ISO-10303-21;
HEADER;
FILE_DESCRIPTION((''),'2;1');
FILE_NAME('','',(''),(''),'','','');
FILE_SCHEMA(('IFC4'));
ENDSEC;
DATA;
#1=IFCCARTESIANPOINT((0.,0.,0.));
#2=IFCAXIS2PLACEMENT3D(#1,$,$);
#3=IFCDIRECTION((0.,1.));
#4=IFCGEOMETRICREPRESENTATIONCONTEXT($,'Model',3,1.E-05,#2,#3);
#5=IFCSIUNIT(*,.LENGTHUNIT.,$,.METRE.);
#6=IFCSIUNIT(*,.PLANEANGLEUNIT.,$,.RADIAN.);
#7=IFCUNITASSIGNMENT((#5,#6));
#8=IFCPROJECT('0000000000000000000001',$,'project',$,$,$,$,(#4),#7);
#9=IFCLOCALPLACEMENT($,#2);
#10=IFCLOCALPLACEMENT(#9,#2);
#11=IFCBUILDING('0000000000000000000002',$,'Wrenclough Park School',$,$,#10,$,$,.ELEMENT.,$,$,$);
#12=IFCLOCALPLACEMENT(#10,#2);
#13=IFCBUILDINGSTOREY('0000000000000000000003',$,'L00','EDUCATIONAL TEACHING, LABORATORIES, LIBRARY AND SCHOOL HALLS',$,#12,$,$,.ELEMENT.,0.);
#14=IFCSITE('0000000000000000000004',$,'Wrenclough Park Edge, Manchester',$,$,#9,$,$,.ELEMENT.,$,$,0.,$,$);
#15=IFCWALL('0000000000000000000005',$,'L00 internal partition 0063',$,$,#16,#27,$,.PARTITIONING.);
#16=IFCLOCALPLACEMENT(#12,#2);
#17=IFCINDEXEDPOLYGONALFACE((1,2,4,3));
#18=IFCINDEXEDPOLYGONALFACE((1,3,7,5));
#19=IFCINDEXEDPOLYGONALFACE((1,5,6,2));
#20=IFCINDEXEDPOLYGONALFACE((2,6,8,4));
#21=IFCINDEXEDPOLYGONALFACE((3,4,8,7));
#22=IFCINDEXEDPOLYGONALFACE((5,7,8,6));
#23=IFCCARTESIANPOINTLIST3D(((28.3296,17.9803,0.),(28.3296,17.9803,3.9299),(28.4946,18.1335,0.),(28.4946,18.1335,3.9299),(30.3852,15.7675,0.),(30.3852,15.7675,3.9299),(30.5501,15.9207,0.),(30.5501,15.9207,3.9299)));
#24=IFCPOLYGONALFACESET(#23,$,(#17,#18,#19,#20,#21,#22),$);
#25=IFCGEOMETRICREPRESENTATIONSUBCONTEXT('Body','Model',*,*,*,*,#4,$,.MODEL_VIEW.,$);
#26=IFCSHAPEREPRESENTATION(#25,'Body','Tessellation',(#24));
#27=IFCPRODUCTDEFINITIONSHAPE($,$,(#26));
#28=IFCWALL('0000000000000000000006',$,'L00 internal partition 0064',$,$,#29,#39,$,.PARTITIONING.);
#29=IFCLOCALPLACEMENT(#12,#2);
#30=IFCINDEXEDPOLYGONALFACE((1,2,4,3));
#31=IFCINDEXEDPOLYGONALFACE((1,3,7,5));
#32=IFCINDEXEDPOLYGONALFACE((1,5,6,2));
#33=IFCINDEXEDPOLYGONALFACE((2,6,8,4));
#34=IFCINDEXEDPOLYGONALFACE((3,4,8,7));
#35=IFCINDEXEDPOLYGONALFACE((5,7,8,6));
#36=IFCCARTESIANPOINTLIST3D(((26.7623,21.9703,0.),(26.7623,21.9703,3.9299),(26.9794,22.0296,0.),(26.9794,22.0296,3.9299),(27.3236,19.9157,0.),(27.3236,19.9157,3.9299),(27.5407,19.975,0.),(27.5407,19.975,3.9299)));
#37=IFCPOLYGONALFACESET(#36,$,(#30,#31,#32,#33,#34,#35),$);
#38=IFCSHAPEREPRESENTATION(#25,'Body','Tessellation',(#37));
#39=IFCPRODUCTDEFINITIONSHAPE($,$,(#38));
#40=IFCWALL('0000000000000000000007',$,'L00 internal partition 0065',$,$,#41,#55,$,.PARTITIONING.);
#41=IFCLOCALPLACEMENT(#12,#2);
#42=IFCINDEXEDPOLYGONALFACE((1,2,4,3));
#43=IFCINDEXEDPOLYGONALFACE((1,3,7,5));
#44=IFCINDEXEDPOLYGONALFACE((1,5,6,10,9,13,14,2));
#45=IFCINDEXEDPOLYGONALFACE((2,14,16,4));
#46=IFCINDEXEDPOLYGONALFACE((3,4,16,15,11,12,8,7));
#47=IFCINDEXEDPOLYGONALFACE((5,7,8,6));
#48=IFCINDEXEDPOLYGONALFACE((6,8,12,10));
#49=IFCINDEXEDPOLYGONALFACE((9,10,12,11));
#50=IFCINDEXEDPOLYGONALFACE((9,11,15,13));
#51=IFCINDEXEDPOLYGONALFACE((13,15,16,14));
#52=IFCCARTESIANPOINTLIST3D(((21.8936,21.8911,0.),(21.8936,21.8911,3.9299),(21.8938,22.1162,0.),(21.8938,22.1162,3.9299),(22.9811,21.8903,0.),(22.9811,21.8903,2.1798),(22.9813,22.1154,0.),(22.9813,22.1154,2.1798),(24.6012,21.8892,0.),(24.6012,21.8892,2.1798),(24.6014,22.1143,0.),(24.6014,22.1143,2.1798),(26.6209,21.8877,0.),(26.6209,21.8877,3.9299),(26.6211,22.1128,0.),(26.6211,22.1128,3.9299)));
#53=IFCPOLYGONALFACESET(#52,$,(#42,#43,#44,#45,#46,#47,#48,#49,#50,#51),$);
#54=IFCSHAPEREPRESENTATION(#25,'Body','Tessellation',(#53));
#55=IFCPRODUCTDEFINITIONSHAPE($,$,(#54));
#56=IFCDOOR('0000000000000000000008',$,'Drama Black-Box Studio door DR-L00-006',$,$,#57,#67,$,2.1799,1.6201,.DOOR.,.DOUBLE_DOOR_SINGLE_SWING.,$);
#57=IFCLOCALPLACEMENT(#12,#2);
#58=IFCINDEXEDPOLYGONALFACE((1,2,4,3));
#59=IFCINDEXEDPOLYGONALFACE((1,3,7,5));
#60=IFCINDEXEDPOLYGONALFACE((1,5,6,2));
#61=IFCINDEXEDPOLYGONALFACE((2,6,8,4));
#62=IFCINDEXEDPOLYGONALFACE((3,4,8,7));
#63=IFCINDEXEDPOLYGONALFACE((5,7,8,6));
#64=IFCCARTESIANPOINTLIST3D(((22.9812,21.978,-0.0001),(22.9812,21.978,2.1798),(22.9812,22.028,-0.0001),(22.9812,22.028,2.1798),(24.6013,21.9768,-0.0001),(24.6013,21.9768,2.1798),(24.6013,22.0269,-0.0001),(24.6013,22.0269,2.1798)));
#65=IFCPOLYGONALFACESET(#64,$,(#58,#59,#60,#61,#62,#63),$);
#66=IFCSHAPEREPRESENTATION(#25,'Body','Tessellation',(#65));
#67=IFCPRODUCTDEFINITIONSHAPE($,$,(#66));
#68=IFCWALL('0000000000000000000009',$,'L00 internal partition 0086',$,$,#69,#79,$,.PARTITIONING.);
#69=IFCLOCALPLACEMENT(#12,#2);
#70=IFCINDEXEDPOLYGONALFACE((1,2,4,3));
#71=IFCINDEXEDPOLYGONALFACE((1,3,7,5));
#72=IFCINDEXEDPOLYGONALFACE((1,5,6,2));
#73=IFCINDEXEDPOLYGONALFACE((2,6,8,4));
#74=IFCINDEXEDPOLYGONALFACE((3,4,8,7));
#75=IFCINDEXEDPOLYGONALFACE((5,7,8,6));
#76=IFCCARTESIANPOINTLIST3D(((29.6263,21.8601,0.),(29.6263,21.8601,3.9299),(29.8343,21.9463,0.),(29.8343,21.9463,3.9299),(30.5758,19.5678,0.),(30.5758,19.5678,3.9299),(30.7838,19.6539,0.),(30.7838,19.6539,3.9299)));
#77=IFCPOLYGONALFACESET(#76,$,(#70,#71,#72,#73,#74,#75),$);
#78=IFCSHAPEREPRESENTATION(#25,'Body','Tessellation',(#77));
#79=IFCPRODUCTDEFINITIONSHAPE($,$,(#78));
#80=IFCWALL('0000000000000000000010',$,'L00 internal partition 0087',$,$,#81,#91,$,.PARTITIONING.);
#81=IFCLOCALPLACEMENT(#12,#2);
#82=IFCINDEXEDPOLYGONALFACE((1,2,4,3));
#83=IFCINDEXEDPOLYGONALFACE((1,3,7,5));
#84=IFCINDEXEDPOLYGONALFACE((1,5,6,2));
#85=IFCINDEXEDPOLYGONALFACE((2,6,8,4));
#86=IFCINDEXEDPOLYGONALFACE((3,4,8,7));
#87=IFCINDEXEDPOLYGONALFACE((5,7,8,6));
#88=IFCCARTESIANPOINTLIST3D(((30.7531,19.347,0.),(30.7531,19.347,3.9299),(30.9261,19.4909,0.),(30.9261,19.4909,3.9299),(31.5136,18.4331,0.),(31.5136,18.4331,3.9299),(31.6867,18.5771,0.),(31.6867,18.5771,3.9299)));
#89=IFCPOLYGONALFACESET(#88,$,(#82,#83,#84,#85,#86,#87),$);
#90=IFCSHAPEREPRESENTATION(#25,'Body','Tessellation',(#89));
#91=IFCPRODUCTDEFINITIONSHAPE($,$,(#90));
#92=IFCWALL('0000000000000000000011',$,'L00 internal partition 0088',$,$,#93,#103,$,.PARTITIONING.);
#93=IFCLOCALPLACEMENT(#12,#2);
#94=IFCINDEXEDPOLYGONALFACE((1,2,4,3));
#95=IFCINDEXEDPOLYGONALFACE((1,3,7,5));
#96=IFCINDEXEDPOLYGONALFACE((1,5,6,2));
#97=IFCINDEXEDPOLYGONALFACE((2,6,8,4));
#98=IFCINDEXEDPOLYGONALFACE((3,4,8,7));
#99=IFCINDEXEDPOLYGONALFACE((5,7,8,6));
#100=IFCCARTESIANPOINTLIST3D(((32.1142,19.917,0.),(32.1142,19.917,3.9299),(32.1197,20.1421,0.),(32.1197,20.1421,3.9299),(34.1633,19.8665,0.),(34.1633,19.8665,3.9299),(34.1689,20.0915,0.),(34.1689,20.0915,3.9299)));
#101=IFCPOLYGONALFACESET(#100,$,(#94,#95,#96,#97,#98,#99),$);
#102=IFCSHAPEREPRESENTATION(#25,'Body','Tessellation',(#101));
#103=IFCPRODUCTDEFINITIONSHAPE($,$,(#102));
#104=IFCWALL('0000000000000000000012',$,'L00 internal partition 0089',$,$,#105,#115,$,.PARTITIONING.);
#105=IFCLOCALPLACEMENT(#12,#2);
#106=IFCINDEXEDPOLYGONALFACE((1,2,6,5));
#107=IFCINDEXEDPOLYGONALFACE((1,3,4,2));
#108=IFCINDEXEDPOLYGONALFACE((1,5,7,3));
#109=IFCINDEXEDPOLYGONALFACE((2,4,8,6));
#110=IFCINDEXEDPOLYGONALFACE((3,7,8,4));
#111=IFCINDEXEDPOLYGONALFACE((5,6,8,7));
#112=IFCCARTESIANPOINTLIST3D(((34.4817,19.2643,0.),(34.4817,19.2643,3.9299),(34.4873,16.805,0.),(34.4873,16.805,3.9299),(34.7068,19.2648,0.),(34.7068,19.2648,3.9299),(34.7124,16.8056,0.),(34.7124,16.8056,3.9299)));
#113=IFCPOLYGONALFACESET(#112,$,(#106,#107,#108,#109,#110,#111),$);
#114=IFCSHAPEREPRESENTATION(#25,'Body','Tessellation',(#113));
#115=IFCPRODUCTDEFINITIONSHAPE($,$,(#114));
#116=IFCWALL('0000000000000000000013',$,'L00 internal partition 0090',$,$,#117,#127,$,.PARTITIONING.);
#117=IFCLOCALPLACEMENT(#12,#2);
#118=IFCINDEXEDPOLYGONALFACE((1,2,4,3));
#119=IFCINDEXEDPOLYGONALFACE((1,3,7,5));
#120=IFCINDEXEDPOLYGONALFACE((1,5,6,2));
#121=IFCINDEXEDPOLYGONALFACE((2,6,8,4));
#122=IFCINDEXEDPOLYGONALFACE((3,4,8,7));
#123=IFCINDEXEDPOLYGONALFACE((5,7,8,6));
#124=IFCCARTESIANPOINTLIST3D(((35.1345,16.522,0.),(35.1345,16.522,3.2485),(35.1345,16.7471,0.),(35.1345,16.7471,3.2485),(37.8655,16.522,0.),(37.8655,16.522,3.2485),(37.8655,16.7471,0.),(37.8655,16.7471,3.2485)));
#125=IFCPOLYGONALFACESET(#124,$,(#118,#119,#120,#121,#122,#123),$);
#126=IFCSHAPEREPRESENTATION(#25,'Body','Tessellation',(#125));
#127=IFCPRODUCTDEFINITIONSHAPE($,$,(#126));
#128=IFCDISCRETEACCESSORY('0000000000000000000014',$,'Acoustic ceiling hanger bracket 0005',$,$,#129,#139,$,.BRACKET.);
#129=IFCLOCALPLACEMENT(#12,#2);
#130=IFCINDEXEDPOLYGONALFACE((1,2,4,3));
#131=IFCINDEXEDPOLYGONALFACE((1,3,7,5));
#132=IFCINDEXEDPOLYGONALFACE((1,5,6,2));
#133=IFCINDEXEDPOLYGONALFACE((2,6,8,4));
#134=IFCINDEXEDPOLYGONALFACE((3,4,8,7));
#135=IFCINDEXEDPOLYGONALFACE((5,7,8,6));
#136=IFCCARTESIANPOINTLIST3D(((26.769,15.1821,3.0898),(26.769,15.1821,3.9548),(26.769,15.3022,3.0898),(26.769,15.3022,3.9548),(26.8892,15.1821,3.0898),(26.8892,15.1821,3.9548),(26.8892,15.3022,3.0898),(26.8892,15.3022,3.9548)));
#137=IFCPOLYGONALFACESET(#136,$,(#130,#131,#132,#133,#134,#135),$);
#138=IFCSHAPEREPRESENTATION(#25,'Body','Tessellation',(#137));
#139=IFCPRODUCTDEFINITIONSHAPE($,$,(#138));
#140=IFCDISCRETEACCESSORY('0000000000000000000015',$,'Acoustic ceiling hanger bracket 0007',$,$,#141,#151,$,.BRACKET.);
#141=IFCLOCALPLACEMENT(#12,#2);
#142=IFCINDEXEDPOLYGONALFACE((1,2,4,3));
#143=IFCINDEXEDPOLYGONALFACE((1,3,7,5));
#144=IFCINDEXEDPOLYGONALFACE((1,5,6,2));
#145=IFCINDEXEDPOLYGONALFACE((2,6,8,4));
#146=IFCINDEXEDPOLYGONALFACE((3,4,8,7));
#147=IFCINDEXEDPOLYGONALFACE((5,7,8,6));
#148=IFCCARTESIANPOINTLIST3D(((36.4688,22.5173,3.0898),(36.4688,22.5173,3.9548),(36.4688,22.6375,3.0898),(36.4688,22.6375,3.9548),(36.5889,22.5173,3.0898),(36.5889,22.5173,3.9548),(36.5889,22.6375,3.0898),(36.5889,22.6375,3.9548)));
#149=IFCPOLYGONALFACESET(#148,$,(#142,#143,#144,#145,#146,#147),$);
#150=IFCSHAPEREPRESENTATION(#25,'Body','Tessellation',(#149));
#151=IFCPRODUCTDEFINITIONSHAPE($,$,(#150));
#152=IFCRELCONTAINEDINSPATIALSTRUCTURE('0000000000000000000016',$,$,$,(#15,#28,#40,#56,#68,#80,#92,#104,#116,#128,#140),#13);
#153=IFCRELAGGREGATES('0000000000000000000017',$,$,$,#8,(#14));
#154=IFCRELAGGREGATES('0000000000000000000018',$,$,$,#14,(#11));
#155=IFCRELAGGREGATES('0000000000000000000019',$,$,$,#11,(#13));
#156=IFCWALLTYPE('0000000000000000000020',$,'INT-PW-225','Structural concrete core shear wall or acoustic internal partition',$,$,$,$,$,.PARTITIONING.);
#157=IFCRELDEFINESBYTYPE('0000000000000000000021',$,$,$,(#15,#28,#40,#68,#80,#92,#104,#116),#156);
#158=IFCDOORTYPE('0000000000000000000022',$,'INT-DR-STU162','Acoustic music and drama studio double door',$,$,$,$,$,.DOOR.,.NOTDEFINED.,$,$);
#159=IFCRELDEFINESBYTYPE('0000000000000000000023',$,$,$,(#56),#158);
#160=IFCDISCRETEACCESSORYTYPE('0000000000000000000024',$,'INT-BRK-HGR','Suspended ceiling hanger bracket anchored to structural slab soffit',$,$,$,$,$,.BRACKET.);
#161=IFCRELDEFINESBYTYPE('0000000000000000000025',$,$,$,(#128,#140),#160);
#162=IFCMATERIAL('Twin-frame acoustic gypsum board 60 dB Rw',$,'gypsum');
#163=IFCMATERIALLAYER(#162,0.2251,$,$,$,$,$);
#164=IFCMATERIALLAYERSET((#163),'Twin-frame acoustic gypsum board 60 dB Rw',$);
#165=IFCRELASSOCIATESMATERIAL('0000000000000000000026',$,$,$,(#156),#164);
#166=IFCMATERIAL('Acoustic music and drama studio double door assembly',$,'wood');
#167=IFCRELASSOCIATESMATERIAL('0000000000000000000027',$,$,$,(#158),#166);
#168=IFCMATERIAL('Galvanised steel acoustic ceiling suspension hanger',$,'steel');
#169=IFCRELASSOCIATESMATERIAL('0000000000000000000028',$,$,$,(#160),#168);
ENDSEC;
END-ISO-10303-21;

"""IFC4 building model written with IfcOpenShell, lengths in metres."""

from ifc_helpers import new_model, si_unit, direction, frame, frame_2d, origin, origin_2d, place, context, subcontext, project, spatial, rectangle, extrude, material, layer, layer_set, type_object, element, fill, save


model = new_model("IFC4")

# Units and contexts
model_context = context("Model", 3, precision=1e-05, world=origin(), true_north=direction((0.0, 1.0)))
body_context = subcontext(model_context, "Body", "Model", "MODEL_VIEW")
ifc_project = project(units=[si_unit("LENGTHUNIT", "METRE"), si_unit("PLANEANGLEUNIT", "RADIAN")], contexts=[model_context])

# Site, building, storey
site_placement = place(None, origin())
site = spatial("IfcSite", under=ifc_project, at=site_placement, Name="Wrenclough Park Edge, Manchester", CompositionType="ELEMENT", RefElevation=0.0)
building_placement = place(site_placement, origin())
building = spatial("IfcBuilding", under=site, at=building_placement, Name="Wrenclough Park School", CompositionType="ELEMENT")
storey_placement = place(building_placement, origin())
storey = spatial("IfcBuildingStorey", under=building, at=storey_placement, Name="L00", Description="EDUCATIONAL TEACHING, LABORATORIES, LIBRARY AND SCHOOL HALLS", CompositionType="ELEMENT", Elevation=0.0)

# Walls
ifc_material_1 = material(Name="Twin-frame acoustic gypsum board 60 dB Rw", Category="gypsum")
ifc_layer_1 = layer(ifc_material_1, 0.2251)
ifc_layer_set_1 = layer_set([ifc_layer_1], Name="Twin-frame acoustic gypsum board 60 dB Rw")
wall_type_1 = type_object("IfcWallType", Name="INT-PW-225", Description="Structural concrete core shear wall or acoustic internal partition", PredefinedType="PARTITIONING", material=ifc_layer_set_1)
wall_1_placement = place(storey_placement, frame((30.4678, 15.844, 0.0), z_axis=(0.0, 0.0, 1.0), x_axis=(-0.6806, 0.732655, 0.0)))
element("IfcWall", 1, at=wall_1_placement, inside=storey, type_object=wall_type_1, Name="L00 internal partition 0063", PredefinedType="PARTITIONING", context=body_context, shape_type="SweptSolid", body=[
    extrude(rectangle(XDim=3.0203, YDim=0.2251, at=frame_2d((1.5103, 0.0))), origin(), (0.0, 0.0, 1.0), 3.9299),
])
wall_2_placement = place(storey_placement, frame((27.4321, 19.9453, 0.0), z_axis=(0.0, 0.0, 1.0), x_axis=(-0.263515, 0.964655, 0.0)))
element("IfcWall", 2, at=wall_2_placement, inside=storey, type_object=wall_type_1, Name="L00 internal partition 0064", PredefinedType="PARTITIONING", context=body_context, shape_type="SweptSolid", body=[
    extrude(rectangle(XDim=2.1299, YDim=0.2251, at=frame_2d((1.0649, 0.0))), origin(), (0.0, 0.0, 1.0), 3.9299),
])

# Wall, opening, door
wall_3_placement = place(storey_placement, frame((26.6211, 22.0002, 0.0), z_axis=(0.0, 0.0, 1.0), x_axis=(-1.0, 0.000723, 0.0)))
wall_3 = element("IfcWall", 3, at=wall_3_placement, inside=storey, type_object=wall_type_1, Name="L00 internal partition 0065", PredefinedType="PARTITIONING", context=body_context, shape_type="SweptSolid", body=[
    extrude(rectangle(XDim=4.7273, YDim=0.2251, at=frame_2d((2.3638, 0.0))), origin(), (0.0, 0.0, 1.0), 3.9299),
])
opening_1_placement = place(wall_3_placement, frame((2.0198, 0.0, 0.0)))
opening_1 = element("IfcOpeningElement", 4, at=opening_1_placement, cuts=wall_3, PredefinedType="OPENING", context=body_context, shape_type="SweptSolid", body=[
    extrude(rectangle(XDim=1.6201, YDim=2.1799, at=frame_2d((0.8101, 1.0898))), frame((0.0, 0.1226, 0.0), z_axis=(0.0, -1.0, 0.0), x_axis=(1.0, 0.0, 0.0)), (0.0, 0.0, 1.0), 0.2451),
])
ifc_material_2 = material(Name="Acoustic music and drama studio double door assembly", Category="wood")
door_type_1 = type_object("IfcDoorType", Name="INT-DR-STU162", Description="Acoustic music and drama studio double door", OperationType="NOTDEFINED", PredefinedType="DOOR", material=ifc_material_2)
door_1_placement = place(opening_1_placement, origin())
door_1 = element("IfcDoor", 5, at=door_1_placement, inside=storey, type_object=door_type_1, Name="Drama Black-Box Studio door DR-L00-006", OperationType="DOUBLE_DOOR_SINGLE_SWING", OverallHeight=2.1799, OverallWidth=1.6201, PredefinedType="DOOR", context=body_context, shape_type="SweptSolid", body=[
    extrude(rectangle(XDim=1.6201, YDim=2.1799, at=frame_2d((0.8101, 1.0898))), frame((0.0, 0.0249, 0.0), z_axis=(0.0, -1.0, 0.0), x_axis=(1.0, 0.0, 0.0)), (0.0, 0.0, 1.0), 0.05),
])
fill(opening_1, door_1)

# Walls
wall_4_placement = place(storey_placement, frame((29.7302, 21.9033, 0.0), z_axis=(0.0, 0.0, 1.0), x_axis=(0.382679, -0.923881, 0.0)))
element("IfcWall", 6, at=wall_4_placement, inside=storey, type_object=wall_type_1, Name="L00 internal partition 0086", PredefinedType="PARTITIONING", context=body_context, shape_type="SweptSolid", body=[
    extrude(rectangle(XDim=2.4812, YDim=0.2251, at=frame_2d((1.2407, 0.0))), origin(), (0.0, 0.0, 1.0), 3.9299),
])
wall_5_placement = place(storey_placement, frame((30.8396, 19.4189, 0.0), z_axis=(0.0, 0.0, 1.0), x_axis=(0.639679, -0.768642, 0.0)))
element("IfcWall", 7, at=wall_5_placement, inside=storey, type_object=wall_type_1, Name="L00 internal partition 0087", PredefinedType="PARTITIONING", context=body_context, shape_type="SweptSolid", body=[
    extrude(rectangle(XDim=1.189, YDim=0.2251, at=frame_2d((0.5945, 0.0))), origin(), (0.0, 0.0, 1.0), 3.9299),
])
wall_6_placement = place(storey_placement, frame((32.1169, 20.0295, 0.0), z_axis=(0.0, 0.0, 1.0), x_axis=(0.999696, -0.024656, 0.0)))
element("IfcWall", 8, at=wall_6_placement, inside=storey, type_object=wall_type_1, Name="L00 internal partition 0088", PredefinedType="PARTITIONING", context=body_context, shape_type="SweptSolid", body=[
    extrude(rectangle(XDim=2.0498, YDim=0.2251, at=frame_2d((1.0249, 0.0))), origin(), (0.0, 0.0, 1.0), 3.9299),
])
wall_7_placement = place(storey_placement, frame((34.5942, 19.2644, 0.0), z_axis=(0.0, 0.0, 1.0), x_axis=(0.002283, -0.999997, 0.0)))
element("IfcWall", 9, at=wall_7_placement, inside=storey, type_object=wall_type_1, Name="L00 internal partition 0089", PredefinedType="PARTITIONING", context=body_context, shape_type="SweptSolid", body=[
    extrude(rectangle(XDim=2.4592, YDim=0.2251, at=frame_2d((1.2295, 0.0))), origin(), (0.0, 0.0, 1.0), 3.9299),
])
wall_8_placement = place(storey_placement, frame((35.1345, 16.6345, 0.0), z_axis=(0.0, 0.0, 1.0), x_axis=(1.0, 0.0, 0.0)))
element("IfcWall", 10, at=wall_8_placement, inside=storey, type_object=wall_type_1, Name="L00 internal partition 0090", PredefinedType="PARTITIONING", context=body_context, shape_type="SweptSolid", body=[
    extrude(rectangle(XDim=2.731, YDim=0.2251, at=frame_2d((1.3655, 0.0))), origin(), (0.0, 0.0, 1.0), 3.2485),
])

# Discrete accessories
ifc_material_3 = material(Name="Galvanised steel acoustic ceiling suspension hanger", Category="steel")
discrete_accessory_type = type_object("IfcDiscreteAccessoryType", Name="INT-BRK-HGR", Description="Suspended ceiling hanger bracket anchored to structural slab soffit", PredefinedType="BRACKET", material=ifc_material_3)
for number, where, z_axis, x_axis, name in (
    (11, (26.8291, 15.2422, 3.0898), (0.0, 0.0, 1.0), (1.0, 0.0, 0.0), "Acoustic ceiling hanger bracket 0005"),
    (12, (36.5288, 22.5774, 3.0898), (0.0, 0.0, 1.0), (1.0, 0.0, 0.0), "Acoustic ceiling hanger bracket 0007"),
):
    element("IfcDiscreteAccessory", number, at=place(storey_placement, frame(where, z_axis=z_axis, x_axis=x_axis)), inside=storey, type_object=discrete_accessory_type, Name=name, PredefinedType="BRACKET", context=body_context, shape_type="SweptSolid", body=[
        extrude(rectangle(XDim=0.1201, YDim=0.1201, at=origin_2d()), origin(), (0.0, 0.0, 1.0), 0.865),
    ])

save(model, "model.ifc")
